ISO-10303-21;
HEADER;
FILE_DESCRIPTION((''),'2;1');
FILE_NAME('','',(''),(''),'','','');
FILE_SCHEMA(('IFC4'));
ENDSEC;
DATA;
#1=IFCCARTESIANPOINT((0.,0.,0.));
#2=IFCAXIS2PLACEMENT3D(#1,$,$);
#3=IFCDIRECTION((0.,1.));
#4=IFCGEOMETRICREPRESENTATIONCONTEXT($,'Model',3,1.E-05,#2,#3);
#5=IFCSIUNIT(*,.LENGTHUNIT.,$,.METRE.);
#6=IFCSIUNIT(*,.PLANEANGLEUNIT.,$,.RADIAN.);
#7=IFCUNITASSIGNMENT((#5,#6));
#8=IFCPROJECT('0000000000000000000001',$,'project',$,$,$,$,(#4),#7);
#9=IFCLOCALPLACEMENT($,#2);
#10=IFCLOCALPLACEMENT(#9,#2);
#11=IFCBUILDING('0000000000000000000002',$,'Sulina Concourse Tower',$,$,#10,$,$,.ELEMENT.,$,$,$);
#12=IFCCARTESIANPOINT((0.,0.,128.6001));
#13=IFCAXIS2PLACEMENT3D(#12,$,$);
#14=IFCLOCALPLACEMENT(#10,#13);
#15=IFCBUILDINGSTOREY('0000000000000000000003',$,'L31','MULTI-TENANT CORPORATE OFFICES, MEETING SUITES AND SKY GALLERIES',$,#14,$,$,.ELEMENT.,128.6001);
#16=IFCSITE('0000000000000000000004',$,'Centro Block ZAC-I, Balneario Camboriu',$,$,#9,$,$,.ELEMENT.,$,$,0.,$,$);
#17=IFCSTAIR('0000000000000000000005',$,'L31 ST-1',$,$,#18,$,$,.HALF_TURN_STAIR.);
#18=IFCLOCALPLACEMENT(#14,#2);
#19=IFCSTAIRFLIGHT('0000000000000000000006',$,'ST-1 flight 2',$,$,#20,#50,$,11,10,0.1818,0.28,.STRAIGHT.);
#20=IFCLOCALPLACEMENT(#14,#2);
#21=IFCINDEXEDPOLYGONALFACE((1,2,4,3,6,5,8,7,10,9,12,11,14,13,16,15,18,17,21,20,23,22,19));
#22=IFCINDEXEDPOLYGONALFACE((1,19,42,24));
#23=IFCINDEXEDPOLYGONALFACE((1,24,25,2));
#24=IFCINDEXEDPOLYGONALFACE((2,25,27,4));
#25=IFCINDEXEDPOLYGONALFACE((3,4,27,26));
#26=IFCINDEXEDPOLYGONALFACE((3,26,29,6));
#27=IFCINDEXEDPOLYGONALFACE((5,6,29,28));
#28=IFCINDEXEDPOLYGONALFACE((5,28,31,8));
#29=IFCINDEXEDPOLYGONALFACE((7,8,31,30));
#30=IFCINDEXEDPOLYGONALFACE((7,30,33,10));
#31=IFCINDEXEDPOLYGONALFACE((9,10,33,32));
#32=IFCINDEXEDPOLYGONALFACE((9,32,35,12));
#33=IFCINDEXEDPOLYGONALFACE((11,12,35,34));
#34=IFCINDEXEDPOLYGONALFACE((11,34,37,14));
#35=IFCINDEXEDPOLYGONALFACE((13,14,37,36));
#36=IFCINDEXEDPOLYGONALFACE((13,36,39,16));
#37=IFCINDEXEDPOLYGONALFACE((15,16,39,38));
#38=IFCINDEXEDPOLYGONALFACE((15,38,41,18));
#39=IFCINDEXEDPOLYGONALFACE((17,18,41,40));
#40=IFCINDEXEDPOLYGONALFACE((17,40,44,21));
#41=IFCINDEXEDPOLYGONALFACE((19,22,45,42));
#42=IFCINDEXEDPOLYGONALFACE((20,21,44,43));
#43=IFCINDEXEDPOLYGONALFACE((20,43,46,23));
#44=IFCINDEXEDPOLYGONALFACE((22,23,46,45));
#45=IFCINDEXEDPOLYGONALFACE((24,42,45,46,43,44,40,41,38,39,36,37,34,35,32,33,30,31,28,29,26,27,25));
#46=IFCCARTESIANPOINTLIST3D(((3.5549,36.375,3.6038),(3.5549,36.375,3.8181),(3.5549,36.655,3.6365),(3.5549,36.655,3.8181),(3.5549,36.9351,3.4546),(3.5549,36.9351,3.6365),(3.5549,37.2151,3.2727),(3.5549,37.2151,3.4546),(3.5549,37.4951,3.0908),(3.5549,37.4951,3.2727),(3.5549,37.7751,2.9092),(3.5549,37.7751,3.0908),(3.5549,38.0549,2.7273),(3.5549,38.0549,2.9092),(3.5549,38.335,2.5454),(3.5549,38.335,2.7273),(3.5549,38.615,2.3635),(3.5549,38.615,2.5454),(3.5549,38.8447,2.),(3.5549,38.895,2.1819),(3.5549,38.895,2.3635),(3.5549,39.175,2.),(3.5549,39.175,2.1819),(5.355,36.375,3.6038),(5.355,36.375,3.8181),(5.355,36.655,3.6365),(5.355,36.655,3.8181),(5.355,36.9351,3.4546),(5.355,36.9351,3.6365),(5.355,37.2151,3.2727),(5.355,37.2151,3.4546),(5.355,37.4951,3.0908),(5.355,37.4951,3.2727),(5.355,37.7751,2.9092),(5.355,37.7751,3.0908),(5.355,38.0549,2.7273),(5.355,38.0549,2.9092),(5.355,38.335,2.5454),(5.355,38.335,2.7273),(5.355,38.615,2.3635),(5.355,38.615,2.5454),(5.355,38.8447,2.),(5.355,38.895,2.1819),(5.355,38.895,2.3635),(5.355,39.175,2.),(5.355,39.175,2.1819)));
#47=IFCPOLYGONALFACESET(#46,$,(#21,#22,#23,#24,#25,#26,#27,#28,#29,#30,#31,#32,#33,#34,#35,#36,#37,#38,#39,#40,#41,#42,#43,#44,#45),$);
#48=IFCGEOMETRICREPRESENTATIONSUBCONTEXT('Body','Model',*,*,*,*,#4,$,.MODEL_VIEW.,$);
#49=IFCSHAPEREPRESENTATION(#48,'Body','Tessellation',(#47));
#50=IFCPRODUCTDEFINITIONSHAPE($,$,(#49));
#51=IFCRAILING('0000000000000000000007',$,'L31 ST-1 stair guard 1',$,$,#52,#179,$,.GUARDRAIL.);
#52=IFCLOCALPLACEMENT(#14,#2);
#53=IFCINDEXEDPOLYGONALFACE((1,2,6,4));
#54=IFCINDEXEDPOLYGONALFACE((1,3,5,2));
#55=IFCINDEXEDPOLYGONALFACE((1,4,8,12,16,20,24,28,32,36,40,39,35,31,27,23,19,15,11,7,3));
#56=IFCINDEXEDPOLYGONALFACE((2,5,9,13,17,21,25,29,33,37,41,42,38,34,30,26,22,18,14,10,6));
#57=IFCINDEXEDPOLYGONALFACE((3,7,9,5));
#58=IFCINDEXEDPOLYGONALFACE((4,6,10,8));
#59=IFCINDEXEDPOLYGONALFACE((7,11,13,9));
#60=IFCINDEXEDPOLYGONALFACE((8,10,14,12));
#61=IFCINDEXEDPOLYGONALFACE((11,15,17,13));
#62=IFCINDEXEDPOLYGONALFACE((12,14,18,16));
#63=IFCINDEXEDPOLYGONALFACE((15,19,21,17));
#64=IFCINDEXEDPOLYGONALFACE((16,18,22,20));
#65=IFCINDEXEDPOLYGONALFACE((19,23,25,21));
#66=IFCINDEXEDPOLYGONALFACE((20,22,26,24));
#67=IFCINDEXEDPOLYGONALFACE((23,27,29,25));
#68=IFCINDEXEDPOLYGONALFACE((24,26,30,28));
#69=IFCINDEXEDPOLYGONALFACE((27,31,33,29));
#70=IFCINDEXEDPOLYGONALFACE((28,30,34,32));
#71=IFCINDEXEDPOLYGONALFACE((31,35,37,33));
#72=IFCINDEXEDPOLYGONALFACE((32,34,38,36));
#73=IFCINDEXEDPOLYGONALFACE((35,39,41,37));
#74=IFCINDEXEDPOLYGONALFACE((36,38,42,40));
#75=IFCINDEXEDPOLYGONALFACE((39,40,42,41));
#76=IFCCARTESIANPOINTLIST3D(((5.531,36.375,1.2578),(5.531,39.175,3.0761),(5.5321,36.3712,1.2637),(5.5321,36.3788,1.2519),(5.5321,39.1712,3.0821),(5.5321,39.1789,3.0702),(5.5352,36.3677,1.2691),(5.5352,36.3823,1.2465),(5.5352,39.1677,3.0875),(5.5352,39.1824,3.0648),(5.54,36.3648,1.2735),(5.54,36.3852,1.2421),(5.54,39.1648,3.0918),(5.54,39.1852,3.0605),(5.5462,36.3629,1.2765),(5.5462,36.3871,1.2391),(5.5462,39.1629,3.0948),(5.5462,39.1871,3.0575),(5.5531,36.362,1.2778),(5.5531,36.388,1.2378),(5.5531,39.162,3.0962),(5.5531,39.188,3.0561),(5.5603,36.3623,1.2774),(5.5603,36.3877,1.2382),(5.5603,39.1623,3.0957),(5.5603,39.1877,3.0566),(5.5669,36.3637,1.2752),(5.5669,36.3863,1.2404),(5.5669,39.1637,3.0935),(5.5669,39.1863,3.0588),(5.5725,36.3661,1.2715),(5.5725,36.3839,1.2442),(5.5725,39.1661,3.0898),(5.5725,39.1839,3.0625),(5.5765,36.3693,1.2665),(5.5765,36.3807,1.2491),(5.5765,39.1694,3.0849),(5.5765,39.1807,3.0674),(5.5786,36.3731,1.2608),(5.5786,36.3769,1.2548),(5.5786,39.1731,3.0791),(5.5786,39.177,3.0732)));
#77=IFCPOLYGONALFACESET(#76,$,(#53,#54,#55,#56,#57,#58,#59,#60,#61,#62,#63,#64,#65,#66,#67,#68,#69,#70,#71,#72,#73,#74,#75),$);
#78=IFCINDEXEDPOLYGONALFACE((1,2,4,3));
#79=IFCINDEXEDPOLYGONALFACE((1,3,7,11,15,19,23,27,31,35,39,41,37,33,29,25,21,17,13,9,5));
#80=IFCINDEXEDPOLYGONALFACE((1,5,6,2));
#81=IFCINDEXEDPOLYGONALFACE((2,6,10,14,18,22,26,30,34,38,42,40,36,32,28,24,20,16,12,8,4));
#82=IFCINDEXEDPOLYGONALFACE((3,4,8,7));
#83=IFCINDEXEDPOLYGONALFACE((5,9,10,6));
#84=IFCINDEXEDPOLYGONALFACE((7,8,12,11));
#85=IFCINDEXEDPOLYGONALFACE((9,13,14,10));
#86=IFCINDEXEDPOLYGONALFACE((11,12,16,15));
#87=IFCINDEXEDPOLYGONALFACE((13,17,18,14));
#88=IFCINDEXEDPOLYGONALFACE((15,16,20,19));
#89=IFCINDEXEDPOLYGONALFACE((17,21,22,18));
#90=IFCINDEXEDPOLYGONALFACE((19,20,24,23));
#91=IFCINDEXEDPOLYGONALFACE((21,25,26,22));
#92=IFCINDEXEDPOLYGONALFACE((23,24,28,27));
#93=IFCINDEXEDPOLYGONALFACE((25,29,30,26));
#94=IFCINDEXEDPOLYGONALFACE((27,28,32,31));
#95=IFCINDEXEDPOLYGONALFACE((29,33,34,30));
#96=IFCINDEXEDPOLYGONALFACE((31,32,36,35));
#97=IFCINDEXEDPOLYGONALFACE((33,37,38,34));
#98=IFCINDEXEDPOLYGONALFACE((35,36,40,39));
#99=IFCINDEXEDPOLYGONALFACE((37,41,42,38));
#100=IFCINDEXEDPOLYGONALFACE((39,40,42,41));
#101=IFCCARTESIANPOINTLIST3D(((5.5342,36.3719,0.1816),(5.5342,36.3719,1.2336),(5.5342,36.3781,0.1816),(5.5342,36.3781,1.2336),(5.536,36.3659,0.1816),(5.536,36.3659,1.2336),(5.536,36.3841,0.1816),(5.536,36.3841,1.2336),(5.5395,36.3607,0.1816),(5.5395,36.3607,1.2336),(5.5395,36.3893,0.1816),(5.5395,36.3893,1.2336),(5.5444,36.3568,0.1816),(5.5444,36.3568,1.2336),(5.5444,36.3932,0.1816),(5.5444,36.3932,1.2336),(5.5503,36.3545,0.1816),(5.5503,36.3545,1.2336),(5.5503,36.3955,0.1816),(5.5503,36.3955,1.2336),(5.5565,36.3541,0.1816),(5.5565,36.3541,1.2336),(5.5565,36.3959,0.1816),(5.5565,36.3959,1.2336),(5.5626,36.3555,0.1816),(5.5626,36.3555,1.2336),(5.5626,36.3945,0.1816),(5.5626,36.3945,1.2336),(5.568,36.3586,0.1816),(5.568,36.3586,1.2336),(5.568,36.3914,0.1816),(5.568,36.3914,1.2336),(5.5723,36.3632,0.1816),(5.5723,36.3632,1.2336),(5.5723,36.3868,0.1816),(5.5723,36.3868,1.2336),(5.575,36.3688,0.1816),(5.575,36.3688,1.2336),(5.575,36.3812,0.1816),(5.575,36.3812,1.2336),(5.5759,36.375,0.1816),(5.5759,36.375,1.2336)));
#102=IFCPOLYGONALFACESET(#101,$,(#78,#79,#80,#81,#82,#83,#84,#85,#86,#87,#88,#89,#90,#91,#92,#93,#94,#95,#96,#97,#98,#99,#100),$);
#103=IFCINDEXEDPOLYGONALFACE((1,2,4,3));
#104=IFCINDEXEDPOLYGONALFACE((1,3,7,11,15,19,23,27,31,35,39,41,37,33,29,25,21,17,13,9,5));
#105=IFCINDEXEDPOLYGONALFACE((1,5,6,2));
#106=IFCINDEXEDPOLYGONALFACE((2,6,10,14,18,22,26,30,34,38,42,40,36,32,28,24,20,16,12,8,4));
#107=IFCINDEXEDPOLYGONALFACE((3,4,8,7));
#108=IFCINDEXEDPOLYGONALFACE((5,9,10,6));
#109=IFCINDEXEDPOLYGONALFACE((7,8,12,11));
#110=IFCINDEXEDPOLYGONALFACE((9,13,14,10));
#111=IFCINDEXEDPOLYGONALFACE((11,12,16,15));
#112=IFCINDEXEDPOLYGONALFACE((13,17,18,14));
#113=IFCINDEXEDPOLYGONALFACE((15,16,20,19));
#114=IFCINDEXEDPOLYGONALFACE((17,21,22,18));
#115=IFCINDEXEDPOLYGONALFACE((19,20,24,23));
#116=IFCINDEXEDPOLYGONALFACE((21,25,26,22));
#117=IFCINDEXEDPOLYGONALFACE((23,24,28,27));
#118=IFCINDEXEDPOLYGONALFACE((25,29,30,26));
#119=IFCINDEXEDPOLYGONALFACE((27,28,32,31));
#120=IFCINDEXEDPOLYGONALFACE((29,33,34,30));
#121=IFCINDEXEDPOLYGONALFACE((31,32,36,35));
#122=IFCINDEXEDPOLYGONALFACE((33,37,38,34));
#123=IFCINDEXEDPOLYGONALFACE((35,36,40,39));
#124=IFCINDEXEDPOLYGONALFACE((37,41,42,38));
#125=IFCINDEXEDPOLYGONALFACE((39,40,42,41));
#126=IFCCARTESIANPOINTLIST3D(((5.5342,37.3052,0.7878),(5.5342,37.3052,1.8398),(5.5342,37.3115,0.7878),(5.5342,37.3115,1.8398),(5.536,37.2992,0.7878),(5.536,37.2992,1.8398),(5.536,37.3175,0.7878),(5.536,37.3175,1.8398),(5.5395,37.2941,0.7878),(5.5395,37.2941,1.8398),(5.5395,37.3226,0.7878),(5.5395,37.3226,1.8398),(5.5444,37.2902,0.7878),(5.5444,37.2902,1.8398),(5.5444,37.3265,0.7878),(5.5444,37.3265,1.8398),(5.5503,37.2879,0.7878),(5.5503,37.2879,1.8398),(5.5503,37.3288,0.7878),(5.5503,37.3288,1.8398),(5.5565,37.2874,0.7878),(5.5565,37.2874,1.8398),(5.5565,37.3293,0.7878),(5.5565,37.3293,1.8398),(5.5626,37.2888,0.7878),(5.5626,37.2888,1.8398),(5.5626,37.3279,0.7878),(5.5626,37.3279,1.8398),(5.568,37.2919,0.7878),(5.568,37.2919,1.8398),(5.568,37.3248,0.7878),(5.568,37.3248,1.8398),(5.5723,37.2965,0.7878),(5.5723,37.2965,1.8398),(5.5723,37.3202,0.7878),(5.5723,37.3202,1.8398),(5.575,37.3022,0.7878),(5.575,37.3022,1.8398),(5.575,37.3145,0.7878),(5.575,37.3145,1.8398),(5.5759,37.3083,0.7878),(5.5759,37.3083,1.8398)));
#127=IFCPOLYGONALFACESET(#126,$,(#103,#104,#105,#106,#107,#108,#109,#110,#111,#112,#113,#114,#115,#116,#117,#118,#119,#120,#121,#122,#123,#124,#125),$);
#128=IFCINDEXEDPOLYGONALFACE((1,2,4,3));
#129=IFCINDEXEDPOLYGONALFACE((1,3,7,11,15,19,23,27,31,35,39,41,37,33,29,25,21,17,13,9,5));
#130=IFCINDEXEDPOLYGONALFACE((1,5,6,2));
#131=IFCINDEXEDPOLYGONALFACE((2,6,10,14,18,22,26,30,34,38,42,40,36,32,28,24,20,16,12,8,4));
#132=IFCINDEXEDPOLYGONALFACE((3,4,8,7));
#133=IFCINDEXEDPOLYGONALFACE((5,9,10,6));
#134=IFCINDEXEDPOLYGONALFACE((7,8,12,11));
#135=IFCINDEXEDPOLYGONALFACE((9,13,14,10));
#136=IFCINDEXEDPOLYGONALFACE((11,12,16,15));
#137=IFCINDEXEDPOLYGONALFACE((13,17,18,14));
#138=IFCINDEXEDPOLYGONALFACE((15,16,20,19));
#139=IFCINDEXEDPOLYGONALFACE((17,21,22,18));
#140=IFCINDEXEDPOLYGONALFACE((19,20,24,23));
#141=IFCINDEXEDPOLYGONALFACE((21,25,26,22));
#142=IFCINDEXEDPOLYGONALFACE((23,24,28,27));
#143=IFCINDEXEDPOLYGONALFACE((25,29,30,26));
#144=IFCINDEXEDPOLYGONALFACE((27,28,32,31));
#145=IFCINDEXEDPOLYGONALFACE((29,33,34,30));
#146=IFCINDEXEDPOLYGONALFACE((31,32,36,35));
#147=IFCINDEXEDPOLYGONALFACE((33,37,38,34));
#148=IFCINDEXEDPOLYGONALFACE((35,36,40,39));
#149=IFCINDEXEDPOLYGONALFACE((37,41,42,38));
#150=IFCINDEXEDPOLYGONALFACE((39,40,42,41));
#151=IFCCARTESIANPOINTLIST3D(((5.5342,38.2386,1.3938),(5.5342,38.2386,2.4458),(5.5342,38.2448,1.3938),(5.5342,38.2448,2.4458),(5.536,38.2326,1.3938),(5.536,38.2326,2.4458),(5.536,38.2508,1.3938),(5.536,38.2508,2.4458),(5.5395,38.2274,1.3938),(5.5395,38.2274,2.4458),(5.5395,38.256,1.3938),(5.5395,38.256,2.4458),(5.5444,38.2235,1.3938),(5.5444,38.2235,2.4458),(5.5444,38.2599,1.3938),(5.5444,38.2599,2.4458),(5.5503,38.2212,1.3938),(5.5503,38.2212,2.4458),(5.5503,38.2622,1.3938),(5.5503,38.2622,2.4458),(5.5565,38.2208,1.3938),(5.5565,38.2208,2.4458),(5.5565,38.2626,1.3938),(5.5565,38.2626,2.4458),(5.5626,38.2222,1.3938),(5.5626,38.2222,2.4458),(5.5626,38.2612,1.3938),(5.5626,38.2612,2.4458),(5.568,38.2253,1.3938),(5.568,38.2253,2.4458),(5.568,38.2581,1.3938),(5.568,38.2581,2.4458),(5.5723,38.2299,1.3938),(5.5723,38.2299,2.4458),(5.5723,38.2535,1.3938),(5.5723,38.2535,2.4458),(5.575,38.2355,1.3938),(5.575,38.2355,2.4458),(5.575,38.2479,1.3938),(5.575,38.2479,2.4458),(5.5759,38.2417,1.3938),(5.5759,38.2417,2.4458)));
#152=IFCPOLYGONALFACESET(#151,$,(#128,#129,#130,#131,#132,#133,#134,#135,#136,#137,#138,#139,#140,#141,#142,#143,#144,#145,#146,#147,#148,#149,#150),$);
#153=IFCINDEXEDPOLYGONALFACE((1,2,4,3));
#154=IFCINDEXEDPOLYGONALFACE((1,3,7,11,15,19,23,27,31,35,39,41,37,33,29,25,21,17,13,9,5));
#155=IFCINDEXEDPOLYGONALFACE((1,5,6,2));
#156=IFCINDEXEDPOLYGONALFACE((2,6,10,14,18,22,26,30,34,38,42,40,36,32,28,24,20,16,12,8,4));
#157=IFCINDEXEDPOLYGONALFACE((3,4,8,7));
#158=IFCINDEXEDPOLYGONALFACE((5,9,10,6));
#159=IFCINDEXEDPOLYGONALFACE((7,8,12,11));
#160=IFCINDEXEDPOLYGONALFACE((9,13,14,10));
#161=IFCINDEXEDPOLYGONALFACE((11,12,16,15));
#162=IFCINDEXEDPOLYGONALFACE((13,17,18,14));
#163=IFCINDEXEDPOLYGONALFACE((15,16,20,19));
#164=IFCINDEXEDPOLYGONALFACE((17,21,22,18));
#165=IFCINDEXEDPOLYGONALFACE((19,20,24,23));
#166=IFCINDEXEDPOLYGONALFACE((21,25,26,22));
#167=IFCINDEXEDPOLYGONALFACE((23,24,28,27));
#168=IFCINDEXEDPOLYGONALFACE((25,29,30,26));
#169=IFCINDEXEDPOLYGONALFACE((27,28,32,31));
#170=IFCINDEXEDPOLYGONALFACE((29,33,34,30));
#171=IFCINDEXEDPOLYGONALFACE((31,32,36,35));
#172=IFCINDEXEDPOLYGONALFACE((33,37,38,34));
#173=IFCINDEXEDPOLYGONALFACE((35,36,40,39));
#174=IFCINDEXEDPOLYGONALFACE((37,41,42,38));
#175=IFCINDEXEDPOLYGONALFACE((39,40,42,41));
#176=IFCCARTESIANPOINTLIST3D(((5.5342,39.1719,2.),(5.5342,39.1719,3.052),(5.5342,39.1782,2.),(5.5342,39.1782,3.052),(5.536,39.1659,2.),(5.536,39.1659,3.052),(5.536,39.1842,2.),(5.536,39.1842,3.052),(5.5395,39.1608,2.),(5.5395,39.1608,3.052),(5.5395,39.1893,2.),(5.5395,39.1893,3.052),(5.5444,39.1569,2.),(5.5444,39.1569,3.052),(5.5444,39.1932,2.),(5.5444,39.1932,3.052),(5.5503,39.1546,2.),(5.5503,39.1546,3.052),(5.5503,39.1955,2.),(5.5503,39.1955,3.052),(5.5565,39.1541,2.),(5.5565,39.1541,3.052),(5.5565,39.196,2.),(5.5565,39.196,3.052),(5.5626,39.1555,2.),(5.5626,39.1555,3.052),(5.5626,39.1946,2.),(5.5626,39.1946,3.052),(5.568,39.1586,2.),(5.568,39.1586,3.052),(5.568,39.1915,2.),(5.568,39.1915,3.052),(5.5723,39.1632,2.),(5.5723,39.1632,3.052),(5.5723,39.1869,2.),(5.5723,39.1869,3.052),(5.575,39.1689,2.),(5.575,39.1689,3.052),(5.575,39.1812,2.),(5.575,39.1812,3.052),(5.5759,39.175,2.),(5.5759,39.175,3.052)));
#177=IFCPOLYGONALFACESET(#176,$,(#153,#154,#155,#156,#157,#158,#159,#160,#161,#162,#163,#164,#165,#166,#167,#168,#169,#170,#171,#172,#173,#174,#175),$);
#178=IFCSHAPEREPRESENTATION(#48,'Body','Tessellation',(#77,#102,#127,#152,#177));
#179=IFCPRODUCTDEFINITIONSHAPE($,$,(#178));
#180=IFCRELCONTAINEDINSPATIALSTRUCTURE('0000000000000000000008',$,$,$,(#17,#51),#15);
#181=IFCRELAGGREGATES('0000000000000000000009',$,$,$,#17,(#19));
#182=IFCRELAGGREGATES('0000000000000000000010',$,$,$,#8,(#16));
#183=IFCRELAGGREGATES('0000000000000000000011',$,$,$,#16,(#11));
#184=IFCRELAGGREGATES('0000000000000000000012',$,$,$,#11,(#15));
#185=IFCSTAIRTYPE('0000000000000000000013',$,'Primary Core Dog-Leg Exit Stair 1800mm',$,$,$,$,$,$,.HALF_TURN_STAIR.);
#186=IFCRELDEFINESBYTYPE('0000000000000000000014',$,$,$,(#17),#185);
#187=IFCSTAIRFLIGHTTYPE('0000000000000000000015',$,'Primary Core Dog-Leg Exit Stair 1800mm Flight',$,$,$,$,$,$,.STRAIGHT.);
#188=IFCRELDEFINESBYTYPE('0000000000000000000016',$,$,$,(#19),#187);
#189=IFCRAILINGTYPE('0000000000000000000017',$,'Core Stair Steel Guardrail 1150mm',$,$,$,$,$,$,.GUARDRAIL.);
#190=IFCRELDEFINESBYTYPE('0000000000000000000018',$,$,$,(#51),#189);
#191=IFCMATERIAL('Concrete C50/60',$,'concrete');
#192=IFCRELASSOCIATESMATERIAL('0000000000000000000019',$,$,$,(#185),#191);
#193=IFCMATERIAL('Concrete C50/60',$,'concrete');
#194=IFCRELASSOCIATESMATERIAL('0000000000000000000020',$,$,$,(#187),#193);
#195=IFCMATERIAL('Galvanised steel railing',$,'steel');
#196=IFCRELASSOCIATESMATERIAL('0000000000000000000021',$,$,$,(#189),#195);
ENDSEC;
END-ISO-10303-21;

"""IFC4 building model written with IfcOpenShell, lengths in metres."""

from ifc_helpers import new_model, si_unit, direction, frame, origin, origin_2d, place, context, subcontext, project, spatial, polyline, circle, outline, extrude, material, type_object, element, aggregate, save


model = new_model("IFC4")

# Units and contexts
model_context = context("Model", 3, precision=1e-05, world=origin(), true_north=direction((0.0, 1.0)))
body_context = subcontext(model_context, "Body", "Model", "MODEL_VIEW")
ifc_project = project(units=[si_unit("LENGTHUNIT", "METRE"), si_unit("PLANEANGLEUNIT", "RADIAN")], contexts=[model_context])

# Site, building, storey
site_placement = place(None, origin())
site = spatial("IfcSite", under=ifc_project, at=site_placement, Name="Centro Block ZAC-I, Balneario Camboriu", CompositionType="ELEMENT", RefElevation=0.0)
building_placement = place(site_placement, origin())
building = spatial("IfcBuilding", under=site, at=building_placement, Name="Sulina Concourse Tower", CompositionType="ELEMENT")
storey_placement = place(building_placement, frame((0.0, 0.0, 128.6001)))
storey = spatial("IfcBuildingStorey", under=building, at=storey_placement, Name="L31", Description="MULTI-TENANT CORPORATE OFFICES, MEETING SUITES AND SKY GALLERIES", CompositionType="ELEMENT", Elevation=128.6001)

# Stair, stair flight
ifc_material_1 = material(Name="Concrete C50/60", Category="concrete")
stair_type = type_object("IfcStairType", Name="Primary Core Dog-Leg Exit Stair 1800mm", PredefinedType="HALF_TURN_STAIR", material=ifc_material_1)
stair_placement = place(storey_placement, origin())
stair = element("IfcStair", 1, at=stair_placement, inside=storey, type_object=stair_type, Name="L31 ST-1", PredefinedType="HALF_TURN_STAIR")
ifc_material_2 = material(Name="Concrete C50/60", Category="concrete")
stair_flight_type = type_object("IfcStairFlightType", Name="Primary Core Dog-Leg Exit Stair 1800mm Flight", PredefinedType="STRAIGHT", material=ifc_material_2)
stair_flight_1_placement = place(storey_placement, frame((4.4551, 39.175, 2.0), z_axis=(0.0, 0.0, 1.0), x_axis=(0.0, -1.0, 0.0)))
stair_flight_1 = element("IfcStairFlight", 2, at=stair_flight_1_placement, type_object=stair_flight_type, Name="ST-1 flight 2", NumberOfRisers=11, NumberOfTreads=10, PredefinedType="STRAIGHT", RiserHeight=0.1818, TreadLength=0.28, context=body_context, shape_type="SweptSolid", body=[
    extrude(outline(polyline([(0.0, 0.0), (0.0, 0.1819), (0.28, 0.1819), (0.28, 0.3635), (0.5601, 0.3635), (0.5601, 0.5454), (0.8401, 0.5454), (0.8401, 0.7273), (1.1201, 0.7273), (1.1201, 0.9092), (1.3999, 0.9092), (1.3999, 1.0908), (1.6799, 1.0908), (1.6799, 1.2727), (1.96, 1.2727), (1.96, 1.4546), (2.24, 1.4546), (2.24, 1.6365), (2.52, 1.6365), (2.52, 1.8181), (2.8, 1.8181), (2.8, 2.0), (2.8, 1.6038), (0.3303, 0.0), (0.0, 0.0)])), frame((0.0, 0.8999, 0.0), z_axis=(0.0, -1.0, 0.0), x_axis=(1.0, 0.0, 0.0)), (0.0, 0.0, 1.0), 1.8),
])
aggregate(stair, [stair_flight_1])

# Railing
ifc_material_3 = material(Name="Galvanised steel railing", Category="steel")
railing_type_1 = type_object("IfcRailingType", Name="Core Stair Steel Guardrail 1150mm", PredefinedType="GUARDRAIL", material=ifc_material_3)
railing_1_placement = place(storey_placement, frame((5.5549, 36.375, 0.1816)))
element("IfcRailing", 3, at=railing_1_placement, inside=storey, type_object=railing_type_1, Name="L31 ST-1 stair guard 1", PredefinedType="GUARDRAIL", context=body_context, shape_type="SweptSolid", body=[
    extrude(circle(Radius=0.0239, at=origin_2d()), frame((0.0, 0.0, 1.0762), z_axis=(0.0, 0.838672, 0.544636), x_axis=(-1.0, 0.0, 0.0)), (0.0, 0.0, 1.0), 3.3386),
    extrude(circle(Radius=0.021, at=origin_2d()), origin(), (0.0, 0.0, 1.0), 1.052),
    extrude(circle(Radius=0.021, at=origin_2d()), frame((0.0, 0.9333, 0.6062)), (0.0, 0.0, 1.0), 1.052),
    extrude(circle(Radius=0.021, at=origin_2d()), frame((0.0, 1.8667, 1.2122)), (0.0, 0.0, 1.0), 1.052),
    extrude(circle(Radius=0.021, at=origin_2d()), frame((0.0, 2.8, 1.8184)), (0.0, 0.0, 1.0), 1.052),
])

save(model, "model.ifc")
